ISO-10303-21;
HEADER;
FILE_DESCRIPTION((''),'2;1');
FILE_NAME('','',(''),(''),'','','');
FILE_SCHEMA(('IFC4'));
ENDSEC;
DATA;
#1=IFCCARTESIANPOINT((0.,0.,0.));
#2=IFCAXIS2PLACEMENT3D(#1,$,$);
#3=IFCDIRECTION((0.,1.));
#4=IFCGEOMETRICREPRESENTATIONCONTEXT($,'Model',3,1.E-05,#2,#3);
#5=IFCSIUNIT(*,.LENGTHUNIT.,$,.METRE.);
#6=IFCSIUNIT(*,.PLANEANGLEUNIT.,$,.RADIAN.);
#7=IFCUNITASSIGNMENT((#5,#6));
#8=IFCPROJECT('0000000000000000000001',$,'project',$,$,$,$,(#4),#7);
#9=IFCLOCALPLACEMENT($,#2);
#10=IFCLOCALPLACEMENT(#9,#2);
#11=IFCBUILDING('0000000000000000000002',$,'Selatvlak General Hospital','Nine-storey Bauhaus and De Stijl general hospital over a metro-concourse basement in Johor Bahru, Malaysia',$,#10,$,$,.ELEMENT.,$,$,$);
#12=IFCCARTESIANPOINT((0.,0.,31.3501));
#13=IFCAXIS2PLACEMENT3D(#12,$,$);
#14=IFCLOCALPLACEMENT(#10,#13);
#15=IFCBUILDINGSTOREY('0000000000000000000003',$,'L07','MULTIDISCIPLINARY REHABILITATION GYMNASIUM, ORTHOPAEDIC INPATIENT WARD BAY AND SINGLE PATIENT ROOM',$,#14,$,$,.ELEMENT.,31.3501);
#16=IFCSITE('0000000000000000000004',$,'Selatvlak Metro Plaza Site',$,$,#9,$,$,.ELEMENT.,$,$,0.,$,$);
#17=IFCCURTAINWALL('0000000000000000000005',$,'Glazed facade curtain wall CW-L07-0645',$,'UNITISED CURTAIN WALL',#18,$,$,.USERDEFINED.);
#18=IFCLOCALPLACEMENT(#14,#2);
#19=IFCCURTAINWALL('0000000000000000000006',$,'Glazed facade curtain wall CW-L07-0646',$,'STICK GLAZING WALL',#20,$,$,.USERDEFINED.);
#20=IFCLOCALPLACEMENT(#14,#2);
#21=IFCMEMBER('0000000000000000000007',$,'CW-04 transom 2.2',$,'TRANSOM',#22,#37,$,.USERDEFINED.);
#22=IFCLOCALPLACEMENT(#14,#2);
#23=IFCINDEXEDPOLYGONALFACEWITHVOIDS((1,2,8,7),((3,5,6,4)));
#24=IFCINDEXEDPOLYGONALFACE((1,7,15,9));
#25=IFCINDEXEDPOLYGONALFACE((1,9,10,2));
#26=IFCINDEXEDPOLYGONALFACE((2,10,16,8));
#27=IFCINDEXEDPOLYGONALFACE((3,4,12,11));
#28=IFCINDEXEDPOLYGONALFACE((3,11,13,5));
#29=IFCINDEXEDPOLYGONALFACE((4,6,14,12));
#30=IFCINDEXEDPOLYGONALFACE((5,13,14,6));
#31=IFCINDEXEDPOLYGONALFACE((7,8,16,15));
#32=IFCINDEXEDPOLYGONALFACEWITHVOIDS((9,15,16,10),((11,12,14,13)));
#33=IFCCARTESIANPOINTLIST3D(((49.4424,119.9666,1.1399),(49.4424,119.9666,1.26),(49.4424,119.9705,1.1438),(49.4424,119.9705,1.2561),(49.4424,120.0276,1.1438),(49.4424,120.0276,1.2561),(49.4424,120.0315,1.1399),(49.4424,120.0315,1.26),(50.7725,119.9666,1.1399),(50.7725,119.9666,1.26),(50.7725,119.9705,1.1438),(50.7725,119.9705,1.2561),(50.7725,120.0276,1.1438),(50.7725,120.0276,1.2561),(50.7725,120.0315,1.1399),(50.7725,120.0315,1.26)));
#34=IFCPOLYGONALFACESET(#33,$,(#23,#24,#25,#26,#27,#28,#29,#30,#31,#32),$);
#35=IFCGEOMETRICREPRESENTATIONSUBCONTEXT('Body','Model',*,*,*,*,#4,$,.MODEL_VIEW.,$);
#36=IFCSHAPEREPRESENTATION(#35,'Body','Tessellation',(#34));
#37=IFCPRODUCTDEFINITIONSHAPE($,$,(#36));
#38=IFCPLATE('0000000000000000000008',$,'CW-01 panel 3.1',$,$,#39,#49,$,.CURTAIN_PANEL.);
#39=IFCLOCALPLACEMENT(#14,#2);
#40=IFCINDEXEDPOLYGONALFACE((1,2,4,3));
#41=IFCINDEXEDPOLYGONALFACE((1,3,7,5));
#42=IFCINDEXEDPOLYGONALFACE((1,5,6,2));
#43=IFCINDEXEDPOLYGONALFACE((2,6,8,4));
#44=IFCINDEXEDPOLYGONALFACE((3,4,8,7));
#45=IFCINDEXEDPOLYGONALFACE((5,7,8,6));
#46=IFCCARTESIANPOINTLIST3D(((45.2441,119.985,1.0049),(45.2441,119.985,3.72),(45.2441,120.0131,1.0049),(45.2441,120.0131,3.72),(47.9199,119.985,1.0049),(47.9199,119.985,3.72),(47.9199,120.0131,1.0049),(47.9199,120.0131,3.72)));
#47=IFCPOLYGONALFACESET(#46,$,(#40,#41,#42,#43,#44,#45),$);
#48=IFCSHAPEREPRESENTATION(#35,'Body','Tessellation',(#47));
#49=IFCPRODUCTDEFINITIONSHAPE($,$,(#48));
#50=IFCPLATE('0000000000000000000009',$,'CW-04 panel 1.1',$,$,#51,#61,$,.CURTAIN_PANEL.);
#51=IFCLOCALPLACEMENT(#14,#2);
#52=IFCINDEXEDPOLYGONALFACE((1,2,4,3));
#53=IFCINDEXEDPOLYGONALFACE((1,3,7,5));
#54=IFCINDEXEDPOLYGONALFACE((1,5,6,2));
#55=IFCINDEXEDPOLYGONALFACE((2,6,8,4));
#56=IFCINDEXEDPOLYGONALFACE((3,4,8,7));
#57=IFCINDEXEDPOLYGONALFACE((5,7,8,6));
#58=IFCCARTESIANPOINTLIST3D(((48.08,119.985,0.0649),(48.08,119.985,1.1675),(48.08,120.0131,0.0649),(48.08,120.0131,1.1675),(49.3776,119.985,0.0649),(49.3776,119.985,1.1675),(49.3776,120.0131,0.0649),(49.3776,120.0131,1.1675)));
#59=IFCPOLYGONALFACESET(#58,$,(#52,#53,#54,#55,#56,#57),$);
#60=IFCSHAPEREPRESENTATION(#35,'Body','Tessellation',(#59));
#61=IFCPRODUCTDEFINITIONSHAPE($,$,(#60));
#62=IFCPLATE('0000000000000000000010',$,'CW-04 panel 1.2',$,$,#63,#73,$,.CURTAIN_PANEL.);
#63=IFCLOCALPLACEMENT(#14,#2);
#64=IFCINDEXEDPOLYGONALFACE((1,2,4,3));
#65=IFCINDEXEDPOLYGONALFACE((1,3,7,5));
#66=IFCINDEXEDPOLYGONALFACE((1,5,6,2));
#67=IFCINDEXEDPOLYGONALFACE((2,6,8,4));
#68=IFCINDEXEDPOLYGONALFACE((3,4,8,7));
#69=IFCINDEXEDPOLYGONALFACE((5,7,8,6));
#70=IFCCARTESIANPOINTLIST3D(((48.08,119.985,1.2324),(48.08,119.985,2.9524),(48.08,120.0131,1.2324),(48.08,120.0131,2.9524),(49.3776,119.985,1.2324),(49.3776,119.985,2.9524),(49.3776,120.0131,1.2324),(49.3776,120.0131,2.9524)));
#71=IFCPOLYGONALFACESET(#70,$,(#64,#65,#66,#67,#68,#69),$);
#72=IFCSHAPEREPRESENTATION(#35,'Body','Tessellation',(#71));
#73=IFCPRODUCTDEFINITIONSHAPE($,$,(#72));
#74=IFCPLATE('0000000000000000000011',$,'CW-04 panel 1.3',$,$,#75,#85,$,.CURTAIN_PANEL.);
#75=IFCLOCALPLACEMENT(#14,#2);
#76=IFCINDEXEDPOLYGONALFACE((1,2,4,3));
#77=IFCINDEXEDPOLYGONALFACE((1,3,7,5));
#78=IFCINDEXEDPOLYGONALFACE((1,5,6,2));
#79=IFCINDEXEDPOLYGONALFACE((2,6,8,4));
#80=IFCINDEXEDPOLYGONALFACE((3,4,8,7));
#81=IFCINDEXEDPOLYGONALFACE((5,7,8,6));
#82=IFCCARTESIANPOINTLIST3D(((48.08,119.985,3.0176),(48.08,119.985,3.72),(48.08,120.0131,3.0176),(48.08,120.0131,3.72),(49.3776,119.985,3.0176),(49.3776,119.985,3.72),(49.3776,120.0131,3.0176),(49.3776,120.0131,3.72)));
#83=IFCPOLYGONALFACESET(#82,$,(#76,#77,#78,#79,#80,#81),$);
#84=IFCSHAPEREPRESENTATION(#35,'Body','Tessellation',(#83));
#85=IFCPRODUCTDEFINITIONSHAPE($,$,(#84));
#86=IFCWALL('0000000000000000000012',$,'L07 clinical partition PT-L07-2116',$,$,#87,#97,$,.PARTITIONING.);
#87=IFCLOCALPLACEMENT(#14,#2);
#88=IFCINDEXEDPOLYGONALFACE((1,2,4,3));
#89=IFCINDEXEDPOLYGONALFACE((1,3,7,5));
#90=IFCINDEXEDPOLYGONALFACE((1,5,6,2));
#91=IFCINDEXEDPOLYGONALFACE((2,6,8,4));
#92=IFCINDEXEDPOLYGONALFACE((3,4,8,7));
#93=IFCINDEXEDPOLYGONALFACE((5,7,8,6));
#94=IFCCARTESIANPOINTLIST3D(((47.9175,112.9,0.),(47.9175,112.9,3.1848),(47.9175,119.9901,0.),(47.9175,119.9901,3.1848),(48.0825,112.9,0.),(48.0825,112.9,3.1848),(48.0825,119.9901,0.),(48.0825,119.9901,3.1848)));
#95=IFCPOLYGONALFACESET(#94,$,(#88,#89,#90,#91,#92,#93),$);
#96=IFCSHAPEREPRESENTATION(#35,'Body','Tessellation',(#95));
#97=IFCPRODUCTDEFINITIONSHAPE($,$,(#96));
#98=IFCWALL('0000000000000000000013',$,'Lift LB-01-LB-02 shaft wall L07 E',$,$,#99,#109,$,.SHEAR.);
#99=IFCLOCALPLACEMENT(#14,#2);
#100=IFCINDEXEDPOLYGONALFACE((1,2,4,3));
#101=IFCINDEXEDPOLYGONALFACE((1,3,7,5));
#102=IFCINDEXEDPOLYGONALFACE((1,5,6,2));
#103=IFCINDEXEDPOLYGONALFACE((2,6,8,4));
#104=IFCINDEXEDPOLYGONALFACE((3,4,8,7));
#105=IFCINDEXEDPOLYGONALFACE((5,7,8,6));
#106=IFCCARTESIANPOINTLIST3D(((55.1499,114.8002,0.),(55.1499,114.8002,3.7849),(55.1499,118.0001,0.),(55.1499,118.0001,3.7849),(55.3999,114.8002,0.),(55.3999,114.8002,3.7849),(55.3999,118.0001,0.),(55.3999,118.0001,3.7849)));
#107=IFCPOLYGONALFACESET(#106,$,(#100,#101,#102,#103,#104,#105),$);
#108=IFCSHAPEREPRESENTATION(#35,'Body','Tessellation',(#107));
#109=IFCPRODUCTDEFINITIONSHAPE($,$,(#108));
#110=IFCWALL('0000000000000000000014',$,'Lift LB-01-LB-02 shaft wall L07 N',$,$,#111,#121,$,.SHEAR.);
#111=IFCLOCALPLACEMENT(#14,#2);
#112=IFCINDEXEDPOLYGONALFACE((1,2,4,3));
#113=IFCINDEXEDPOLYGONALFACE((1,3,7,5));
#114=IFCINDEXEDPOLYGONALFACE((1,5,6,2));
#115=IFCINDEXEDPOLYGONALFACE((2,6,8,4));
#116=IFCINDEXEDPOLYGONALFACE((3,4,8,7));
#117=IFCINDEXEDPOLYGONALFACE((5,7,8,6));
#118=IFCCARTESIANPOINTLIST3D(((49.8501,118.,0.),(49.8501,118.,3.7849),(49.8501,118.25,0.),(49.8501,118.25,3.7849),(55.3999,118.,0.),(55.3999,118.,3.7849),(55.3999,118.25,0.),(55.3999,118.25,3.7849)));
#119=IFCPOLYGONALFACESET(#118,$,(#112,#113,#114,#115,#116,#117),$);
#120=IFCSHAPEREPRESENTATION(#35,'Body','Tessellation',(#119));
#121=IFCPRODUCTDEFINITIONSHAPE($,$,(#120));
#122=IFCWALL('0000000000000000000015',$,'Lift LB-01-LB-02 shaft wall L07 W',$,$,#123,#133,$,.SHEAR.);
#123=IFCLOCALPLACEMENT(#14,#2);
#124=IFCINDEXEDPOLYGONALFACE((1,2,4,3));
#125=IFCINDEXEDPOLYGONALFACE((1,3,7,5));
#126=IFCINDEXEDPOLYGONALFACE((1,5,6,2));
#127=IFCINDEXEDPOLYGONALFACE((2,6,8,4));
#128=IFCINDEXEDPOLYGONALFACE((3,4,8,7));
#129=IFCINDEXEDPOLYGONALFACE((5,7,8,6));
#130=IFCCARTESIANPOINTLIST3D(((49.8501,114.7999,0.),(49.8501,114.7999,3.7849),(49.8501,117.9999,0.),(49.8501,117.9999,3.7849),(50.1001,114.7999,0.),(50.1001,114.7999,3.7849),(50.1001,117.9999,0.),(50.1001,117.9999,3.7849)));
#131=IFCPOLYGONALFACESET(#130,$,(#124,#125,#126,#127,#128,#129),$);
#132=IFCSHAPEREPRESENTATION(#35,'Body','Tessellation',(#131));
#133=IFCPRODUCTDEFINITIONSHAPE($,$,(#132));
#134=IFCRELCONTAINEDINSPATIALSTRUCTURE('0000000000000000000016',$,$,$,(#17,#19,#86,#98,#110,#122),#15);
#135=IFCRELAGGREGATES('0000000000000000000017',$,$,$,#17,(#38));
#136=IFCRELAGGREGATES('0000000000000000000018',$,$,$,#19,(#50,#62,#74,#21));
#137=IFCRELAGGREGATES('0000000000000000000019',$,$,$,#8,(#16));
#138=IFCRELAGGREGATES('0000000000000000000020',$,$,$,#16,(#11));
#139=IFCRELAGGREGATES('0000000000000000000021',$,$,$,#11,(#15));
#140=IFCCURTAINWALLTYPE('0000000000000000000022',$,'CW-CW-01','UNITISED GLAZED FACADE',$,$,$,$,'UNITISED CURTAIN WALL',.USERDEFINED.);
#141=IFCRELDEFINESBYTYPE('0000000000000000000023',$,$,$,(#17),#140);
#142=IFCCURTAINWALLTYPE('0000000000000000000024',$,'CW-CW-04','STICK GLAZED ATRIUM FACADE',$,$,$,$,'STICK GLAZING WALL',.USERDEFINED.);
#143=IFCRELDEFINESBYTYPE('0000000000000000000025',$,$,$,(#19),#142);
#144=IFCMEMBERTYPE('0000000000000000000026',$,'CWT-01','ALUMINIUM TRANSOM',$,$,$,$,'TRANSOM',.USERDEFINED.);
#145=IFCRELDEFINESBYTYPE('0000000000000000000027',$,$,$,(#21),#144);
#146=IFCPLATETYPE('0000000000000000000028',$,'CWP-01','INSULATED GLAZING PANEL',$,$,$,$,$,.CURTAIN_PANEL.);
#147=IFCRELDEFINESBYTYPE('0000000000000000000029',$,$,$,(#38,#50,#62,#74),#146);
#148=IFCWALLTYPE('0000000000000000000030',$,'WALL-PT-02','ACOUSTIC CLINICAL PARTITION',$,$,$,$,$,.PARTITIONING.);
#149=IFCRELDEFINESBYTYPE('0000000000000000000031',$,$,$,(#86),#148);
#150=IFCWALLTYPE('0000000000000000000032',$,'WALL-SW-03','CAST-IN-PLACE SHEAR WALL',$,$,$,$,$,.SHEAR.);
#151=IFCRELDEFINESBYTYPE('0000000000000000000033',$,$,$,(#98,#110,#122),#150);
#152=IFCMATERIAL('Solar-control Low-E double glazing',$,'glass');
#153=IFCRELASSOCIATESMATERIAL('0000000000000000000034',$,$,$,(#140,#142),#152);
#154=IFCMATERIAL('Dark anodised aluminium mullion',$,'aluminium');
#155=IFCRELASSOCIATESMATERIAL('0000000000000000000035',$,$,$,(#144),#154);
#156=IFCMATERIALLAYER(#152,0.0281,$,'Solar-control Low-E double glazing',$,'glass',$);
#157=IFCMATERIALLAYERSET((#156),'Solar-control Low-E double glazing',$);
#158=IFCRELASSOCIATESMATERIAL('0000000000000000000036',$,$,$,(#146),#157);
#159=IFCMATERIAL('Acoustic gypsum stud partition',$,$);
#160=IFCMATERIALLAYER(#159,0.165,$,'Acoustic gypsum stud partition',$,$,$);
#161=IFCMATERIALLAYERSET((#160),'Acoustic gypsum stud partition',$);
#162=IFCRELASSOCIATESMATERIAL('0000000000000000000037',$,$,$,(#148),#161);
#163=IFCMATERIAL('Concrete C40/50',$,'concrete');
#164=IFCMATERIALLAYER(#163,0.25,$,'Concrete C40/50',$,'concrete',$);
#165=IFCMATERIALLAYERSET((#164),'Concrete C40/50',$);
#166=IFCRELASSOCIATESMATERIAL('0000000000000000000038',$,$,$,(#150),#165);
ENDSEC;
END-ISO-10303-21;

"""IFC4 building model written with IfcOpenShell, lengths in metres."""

from ifc_helpers import new_model, si_unit, direction, frame, frame_2d, origin, origin_2d, place, context, subcontext, project, spatial, rectangle, hollow_rectangle, extrude, material, layer, layer_set, material_profile, profile_set, type_object, element, aggregate, save


model = new_model("IFC4")

# Units and contexts
model_context = context("Model", 3, precision=1e-05, world=origin(), true_north=direction((0.0, 1.0)))
body_context = subcontext(model_context, "Body", "Model", "MODEL_VIEW")
ifc_project = project(units=[si_unit("LENGTHUNIT", "METRE"), si_unit("PLANEANGLEUNIT", "RADIAN")], contexts=[model_context])

# Site, building, storey
site_placement = place(None, origin())
site = spatial("IfcSite", under=ifc_project, at=site_placement, Name="Selatvlak Metro Plaza Site", CompositionType="ELEMENT", RefElevation=0.0)
building_placement = place(site_placement, origin())
building = spatial("IfcBuilding", under=site, at=building_placement, Name="Selatvlak General Hospital", Description="Nine-storey Bauhaus and De Stijl general hospital over a metro-concourse basement in Johor Bahru, Malaysia", CompositionType="ELEMENT")
storey_placement = place(building_placement, frame((0.0, 0.0, 31.3501)))
storey = spatial("IfcBuildingStorey", under=building, at=storey_placement, Name="L07", Description="MULTIDISCIPLINARY REHABILITATION GYMNASIUM, ORTHOPAEDIC INPATIENT WARD BAY AND SINGLE PATIENT ROOM", CompositionType="ELEMENT", Elevation=31.3501)

# Curtain wall
ifc_material_1 = material(Name="Solar-control Low-E double glazing", Category="glass")
curtain_wall_type_1 = type_object("IfcCurtainWallType", Name="CW-CW-01", Description="UNITISED GLAZED FACADE", ElementType="UNITISED CURTAIN WALL", PredefinedType="USERDEFINED", material=ifc_material_1)
curtain_wall_1_placement = place(storey_placement, origin())
curtain_wall_1 = element("IfcCurtainWall", 1, at=curtain_wall_1_placement, inside=storey, type_object=curtain_wall_type_1, Name="Glazed facade curtain wall CW-L07-0645", ObjectType="UNITISED CURTAIN WALL", PredefinedType="USERDEFINED")
ifc_material_2 = material(Name="Dark anodised aluminium mullion", Category="aluminium")

# Curtain wall
curtain_wall_type_2 = type_object("IfcCurtainWallType", Name="CW-CW-04", Description="STICK GLAZED ATRIUM FACADE", ElementType="STICK GLAZING WALL", PredefinedType="USERDEFINED", material=ifc_material_1)
curtain_wall_2_placement = place(storey_placement, origin())
curtain_wall_2 = element("IfcCurtainWall", 2, at=curtain_wall_2_placement, inside=storey, type_object=curtain_wall_type_2, Name="Glazed facade curtain wall CW-L07-0646", ObjectType="STICK GLAZING WALL", PredefinedType="USERDEFINED")

# Member
ifc_material_profile_1 = material_profile(ifc_material_2, hollow_rectangle(XDim=0.0649, YDim=0.1201, WallThickness=0.0039, at=origin_2d()), Name="AL-TRN 65x120x4")
ifc_profile_set_1 = profile_set([ifc_material_profile_1], Name="Dark anodised aluminium mullion")
member_type_1 = type_object("IfcMemberType", Name="CWT-01", Description="ALUMINIUM TRANSOM", ElementType="TRANSOM", PredefinedType="USERDEFINED", material=ifc_profile_set_1)
member_1_placement = place(storey_placement, frame((49.4424, 119.999, 1.2), z_axis=(1.0, 0.0, 0.0), x_axis=(0.0, 1.0, 0.0)))
member_1 = element("IfcMember", 3, at=member_1_placement, type_object=member_type_1, Name="CW-04 transom 2.2", ObjectType="TRANSOM", PredefinedType="USERDEFINED", context=body_context, shape_type="SweptSolid", body=[
    extrude(hollow_rectangle(XDim=0.0649, YDim=0.1201, WallThickness=0.0039, at=origin_2d()), origin(), (0.0, 0.0, 1.0), 1.3301),
])

# Plates
ifc_layer_1 = layer(ifc_material_1, 0.0281, Name="Solar-control Low-E double glazing", Category="glass")
ifc_layer_set_1 = layer_set([ifc_layer_1], Name="Solar-control Low-E double glazing")
plate_type = type_object("IfcPlateType", Name="CWP-01", Description="INSULATED GLAZING PANEL", PredefinedType="CURTAIN_PANEL", material=ifc_layer_set_1)
plate_1_placement = place(storey_placement, frame((46.582, 119.999, 1.0049), z_axis=(0.0, 0.0, 1.0), x_axis=(1.0, 0.0, 0.0)))
plate_1 = element("IfcPlate", 4, at=plate_1_placement, type_object=plate_type, Name="CW-01 panel 3.1", PredefinedType="CURTAIN_PANEL", context=body_context, shape_type="SweptSolid", body=[
    extrude(rectangle(XDim=2.6758, YDim=0.0281, at=origin_2d()), origin(), (0.0, 0.0, 1.0), 2.7151),
])
aggregate(curtain_wall_1, [plate_1])
plate_2_placement = place(storey_placement, frame((48.7288, 119.999, 0.0649), z_axis=(0.0, 0.0, 1.0), x_axis=(1.0, 0.0, 0.0)))
plate_2 = element("IfcPlate", 5, at=plate_2_placement, type_object=plate_type, Name="CW-04 panel 1.1", PredefinedType="CURTAIN_PANEL", context=body_context, shape_type="SweptSolid", body=[
    extrude(rectangle(XDim=1.2976, YDim=0.0281, at=origin_2d()), origin(), (0.0, 0.0, 1.0), 1.1025),
])
plate_3_placement = place(storey_placement, frame((48.7288, 119.999, 1.2324), z_axis=(0.0, 0.0, 1.0), x_axis=(1.0, 0.0, 0.0)))
plate_3 = element("IfcPlate", 6, at=plate_3_placement, type_object=plate_type, Name="CW-04 panel 1.2", PredefinedType="CURTAIN_PANEL", context=body_context, shape_type="SweptSolid", body=[
    extrude(rectangle(XDim=1.2976, YDim=0.0281, at=origin_2d()), origin(), (0.0, 0.0, 1.0), 1.72),
])
plate_4_placement = place(storey_placement, frame((48.7288, 119.999, 3.0176), z_axis=(0.0, 0.0, 1.0), x_axis=(1.0, 0.0, 0.0)))
plate_4 = element("IfcPlate", 7, at=plate_4_placement, type_object=plate_type, Name="CW-04 panel 1.3", PredefinedType="CURTAIN_PANEL", context=body_context, shape_type="SweptSolid", body=[
    extrude(rectangle(XDim=1.2976, YDim=0.0281, at=origin_2d()), origin(), (0.0, 0.0, 1.0), 0.7024),
])
aggregate(curtain_wall_2, [plate_2, plate_3, plate_4, member_1])

# Walls
ifc_material_3 = material(Name="Acoustic gypsum stud partition")
ifc_layer_2 = layer(ifc_material_3, 0.165, Name="Acoustic gypsum stud partition")
ifc_layer_set_2 = layer_set([ifc_layer_2], Name="Acoustic gypsum stud partition")
wall_type_1 = type_object("IfcWallType", Name="WALL-PT-02", Description="ACOUSTIC CLINICAL PARTITION", PredefinedType="PARTITIONING", material=ifc_layer_set_2)
wall_1_placement = place(storey_placement, frame((48.0, 119.99, 0.0), z_axis=(0.0, 0.0, 1.0), x_axis=(0.0, -1.0, 0.0)))
element("IfcWall", 8, at=wall_1_placement, inside=storey, type_object=wall_type_1, Name="L07 clinical partition PT-L07-2116", PredefinedType="PARTITIONING", context=body_context, shape_type="SweptSolid", body=[
    extrude(rectangle(XDim=7.0901, YDim=0.165, at=frame_2d((3.5449, 0.0))), origin(), (0.0, 0.0, 1.0), 3.1848),
])
ifc_material_4 = material(Name="Concrete C40/50", Category="concrete")
ifc_layer_3 = layer(ifc_material_4, 0.25, Name="Concrete C40/50", Category="concrete")
ifc_layer_set_3 = layer_set([ifc_layer_3], Name="Concrete C40/50")
wall_type_2 = type_object("IfcWallType", Name="WALL-SW-03", Description="CAST-IN-PLACE SHEAR WALL", PredefinedType="SHEAR", material=ifc_layer_set_3)
wall_2_placement = place(storey_placement, frame((55.2749, 114.8, 0.0), z_axis=(0.0, 0.0, 1.0), x_axis=(0.0, 1.0, 0.0)))
element("IfcWall", 9, at=wall_2_placement, inside=storey, type_object=wall_type_2, Name="Lift LB-01-LB-02 shaft wall L07 E", PredefinedType="SHEAR", context=body_context, shape_type="SweptSolid", body=[
    extrude(rectangle(XDim=3.2, YDim=0.25, at=frame_2d((1.6001, 0.0))), origin(), (0.0, 0.0, 1.0), 3.7849),
])
wall_3_placement = place(storey_placement, frame((55.3999, 118.125, 0.0), z_axis=(0.0, 0.0, 1.0), x_axis=(-1.0, 0.0, 0.0)))
element("IfcWall", 10, at=wall_3_placement, inside=storey, type_object=wall_type_2, Name="Lift LB-01-LB-02 shaft wall L07 N", PredefinedType="SHEAR", context=body_context, shape_type="SweptSolid", body=[
    extrude(rectangle(XDim=5.5498, YDim=0.25, at=frame_2d((2.7749, 0.0))), origin(), (0.0, 0.0, 1.0), 3.7849),
])
wall_4_placement = place(storey_placement, frame((49.9751, 118.0, 0.0), z_axis=(0.0, 0.0, 1.0), x_axis=(0.0, -1.0, 0.0)))
element("IfcWall", 11, at=wall_4_placement, inside=storey, type_object=wall_type_2, Name="Lift LB-01-LB-02 shaft wall L07 W", PredefinedType="SHEAR", context=body_context, shape_type="SweptSolid", body=[
    extrude(rectangle(XDim=3.2, YDim=0.25, at=frame_2d((1.6001, 0.0))), origin(), (0.0, 0.0, 1.0), 3.7849),
])

save(model, "model.ifc")
